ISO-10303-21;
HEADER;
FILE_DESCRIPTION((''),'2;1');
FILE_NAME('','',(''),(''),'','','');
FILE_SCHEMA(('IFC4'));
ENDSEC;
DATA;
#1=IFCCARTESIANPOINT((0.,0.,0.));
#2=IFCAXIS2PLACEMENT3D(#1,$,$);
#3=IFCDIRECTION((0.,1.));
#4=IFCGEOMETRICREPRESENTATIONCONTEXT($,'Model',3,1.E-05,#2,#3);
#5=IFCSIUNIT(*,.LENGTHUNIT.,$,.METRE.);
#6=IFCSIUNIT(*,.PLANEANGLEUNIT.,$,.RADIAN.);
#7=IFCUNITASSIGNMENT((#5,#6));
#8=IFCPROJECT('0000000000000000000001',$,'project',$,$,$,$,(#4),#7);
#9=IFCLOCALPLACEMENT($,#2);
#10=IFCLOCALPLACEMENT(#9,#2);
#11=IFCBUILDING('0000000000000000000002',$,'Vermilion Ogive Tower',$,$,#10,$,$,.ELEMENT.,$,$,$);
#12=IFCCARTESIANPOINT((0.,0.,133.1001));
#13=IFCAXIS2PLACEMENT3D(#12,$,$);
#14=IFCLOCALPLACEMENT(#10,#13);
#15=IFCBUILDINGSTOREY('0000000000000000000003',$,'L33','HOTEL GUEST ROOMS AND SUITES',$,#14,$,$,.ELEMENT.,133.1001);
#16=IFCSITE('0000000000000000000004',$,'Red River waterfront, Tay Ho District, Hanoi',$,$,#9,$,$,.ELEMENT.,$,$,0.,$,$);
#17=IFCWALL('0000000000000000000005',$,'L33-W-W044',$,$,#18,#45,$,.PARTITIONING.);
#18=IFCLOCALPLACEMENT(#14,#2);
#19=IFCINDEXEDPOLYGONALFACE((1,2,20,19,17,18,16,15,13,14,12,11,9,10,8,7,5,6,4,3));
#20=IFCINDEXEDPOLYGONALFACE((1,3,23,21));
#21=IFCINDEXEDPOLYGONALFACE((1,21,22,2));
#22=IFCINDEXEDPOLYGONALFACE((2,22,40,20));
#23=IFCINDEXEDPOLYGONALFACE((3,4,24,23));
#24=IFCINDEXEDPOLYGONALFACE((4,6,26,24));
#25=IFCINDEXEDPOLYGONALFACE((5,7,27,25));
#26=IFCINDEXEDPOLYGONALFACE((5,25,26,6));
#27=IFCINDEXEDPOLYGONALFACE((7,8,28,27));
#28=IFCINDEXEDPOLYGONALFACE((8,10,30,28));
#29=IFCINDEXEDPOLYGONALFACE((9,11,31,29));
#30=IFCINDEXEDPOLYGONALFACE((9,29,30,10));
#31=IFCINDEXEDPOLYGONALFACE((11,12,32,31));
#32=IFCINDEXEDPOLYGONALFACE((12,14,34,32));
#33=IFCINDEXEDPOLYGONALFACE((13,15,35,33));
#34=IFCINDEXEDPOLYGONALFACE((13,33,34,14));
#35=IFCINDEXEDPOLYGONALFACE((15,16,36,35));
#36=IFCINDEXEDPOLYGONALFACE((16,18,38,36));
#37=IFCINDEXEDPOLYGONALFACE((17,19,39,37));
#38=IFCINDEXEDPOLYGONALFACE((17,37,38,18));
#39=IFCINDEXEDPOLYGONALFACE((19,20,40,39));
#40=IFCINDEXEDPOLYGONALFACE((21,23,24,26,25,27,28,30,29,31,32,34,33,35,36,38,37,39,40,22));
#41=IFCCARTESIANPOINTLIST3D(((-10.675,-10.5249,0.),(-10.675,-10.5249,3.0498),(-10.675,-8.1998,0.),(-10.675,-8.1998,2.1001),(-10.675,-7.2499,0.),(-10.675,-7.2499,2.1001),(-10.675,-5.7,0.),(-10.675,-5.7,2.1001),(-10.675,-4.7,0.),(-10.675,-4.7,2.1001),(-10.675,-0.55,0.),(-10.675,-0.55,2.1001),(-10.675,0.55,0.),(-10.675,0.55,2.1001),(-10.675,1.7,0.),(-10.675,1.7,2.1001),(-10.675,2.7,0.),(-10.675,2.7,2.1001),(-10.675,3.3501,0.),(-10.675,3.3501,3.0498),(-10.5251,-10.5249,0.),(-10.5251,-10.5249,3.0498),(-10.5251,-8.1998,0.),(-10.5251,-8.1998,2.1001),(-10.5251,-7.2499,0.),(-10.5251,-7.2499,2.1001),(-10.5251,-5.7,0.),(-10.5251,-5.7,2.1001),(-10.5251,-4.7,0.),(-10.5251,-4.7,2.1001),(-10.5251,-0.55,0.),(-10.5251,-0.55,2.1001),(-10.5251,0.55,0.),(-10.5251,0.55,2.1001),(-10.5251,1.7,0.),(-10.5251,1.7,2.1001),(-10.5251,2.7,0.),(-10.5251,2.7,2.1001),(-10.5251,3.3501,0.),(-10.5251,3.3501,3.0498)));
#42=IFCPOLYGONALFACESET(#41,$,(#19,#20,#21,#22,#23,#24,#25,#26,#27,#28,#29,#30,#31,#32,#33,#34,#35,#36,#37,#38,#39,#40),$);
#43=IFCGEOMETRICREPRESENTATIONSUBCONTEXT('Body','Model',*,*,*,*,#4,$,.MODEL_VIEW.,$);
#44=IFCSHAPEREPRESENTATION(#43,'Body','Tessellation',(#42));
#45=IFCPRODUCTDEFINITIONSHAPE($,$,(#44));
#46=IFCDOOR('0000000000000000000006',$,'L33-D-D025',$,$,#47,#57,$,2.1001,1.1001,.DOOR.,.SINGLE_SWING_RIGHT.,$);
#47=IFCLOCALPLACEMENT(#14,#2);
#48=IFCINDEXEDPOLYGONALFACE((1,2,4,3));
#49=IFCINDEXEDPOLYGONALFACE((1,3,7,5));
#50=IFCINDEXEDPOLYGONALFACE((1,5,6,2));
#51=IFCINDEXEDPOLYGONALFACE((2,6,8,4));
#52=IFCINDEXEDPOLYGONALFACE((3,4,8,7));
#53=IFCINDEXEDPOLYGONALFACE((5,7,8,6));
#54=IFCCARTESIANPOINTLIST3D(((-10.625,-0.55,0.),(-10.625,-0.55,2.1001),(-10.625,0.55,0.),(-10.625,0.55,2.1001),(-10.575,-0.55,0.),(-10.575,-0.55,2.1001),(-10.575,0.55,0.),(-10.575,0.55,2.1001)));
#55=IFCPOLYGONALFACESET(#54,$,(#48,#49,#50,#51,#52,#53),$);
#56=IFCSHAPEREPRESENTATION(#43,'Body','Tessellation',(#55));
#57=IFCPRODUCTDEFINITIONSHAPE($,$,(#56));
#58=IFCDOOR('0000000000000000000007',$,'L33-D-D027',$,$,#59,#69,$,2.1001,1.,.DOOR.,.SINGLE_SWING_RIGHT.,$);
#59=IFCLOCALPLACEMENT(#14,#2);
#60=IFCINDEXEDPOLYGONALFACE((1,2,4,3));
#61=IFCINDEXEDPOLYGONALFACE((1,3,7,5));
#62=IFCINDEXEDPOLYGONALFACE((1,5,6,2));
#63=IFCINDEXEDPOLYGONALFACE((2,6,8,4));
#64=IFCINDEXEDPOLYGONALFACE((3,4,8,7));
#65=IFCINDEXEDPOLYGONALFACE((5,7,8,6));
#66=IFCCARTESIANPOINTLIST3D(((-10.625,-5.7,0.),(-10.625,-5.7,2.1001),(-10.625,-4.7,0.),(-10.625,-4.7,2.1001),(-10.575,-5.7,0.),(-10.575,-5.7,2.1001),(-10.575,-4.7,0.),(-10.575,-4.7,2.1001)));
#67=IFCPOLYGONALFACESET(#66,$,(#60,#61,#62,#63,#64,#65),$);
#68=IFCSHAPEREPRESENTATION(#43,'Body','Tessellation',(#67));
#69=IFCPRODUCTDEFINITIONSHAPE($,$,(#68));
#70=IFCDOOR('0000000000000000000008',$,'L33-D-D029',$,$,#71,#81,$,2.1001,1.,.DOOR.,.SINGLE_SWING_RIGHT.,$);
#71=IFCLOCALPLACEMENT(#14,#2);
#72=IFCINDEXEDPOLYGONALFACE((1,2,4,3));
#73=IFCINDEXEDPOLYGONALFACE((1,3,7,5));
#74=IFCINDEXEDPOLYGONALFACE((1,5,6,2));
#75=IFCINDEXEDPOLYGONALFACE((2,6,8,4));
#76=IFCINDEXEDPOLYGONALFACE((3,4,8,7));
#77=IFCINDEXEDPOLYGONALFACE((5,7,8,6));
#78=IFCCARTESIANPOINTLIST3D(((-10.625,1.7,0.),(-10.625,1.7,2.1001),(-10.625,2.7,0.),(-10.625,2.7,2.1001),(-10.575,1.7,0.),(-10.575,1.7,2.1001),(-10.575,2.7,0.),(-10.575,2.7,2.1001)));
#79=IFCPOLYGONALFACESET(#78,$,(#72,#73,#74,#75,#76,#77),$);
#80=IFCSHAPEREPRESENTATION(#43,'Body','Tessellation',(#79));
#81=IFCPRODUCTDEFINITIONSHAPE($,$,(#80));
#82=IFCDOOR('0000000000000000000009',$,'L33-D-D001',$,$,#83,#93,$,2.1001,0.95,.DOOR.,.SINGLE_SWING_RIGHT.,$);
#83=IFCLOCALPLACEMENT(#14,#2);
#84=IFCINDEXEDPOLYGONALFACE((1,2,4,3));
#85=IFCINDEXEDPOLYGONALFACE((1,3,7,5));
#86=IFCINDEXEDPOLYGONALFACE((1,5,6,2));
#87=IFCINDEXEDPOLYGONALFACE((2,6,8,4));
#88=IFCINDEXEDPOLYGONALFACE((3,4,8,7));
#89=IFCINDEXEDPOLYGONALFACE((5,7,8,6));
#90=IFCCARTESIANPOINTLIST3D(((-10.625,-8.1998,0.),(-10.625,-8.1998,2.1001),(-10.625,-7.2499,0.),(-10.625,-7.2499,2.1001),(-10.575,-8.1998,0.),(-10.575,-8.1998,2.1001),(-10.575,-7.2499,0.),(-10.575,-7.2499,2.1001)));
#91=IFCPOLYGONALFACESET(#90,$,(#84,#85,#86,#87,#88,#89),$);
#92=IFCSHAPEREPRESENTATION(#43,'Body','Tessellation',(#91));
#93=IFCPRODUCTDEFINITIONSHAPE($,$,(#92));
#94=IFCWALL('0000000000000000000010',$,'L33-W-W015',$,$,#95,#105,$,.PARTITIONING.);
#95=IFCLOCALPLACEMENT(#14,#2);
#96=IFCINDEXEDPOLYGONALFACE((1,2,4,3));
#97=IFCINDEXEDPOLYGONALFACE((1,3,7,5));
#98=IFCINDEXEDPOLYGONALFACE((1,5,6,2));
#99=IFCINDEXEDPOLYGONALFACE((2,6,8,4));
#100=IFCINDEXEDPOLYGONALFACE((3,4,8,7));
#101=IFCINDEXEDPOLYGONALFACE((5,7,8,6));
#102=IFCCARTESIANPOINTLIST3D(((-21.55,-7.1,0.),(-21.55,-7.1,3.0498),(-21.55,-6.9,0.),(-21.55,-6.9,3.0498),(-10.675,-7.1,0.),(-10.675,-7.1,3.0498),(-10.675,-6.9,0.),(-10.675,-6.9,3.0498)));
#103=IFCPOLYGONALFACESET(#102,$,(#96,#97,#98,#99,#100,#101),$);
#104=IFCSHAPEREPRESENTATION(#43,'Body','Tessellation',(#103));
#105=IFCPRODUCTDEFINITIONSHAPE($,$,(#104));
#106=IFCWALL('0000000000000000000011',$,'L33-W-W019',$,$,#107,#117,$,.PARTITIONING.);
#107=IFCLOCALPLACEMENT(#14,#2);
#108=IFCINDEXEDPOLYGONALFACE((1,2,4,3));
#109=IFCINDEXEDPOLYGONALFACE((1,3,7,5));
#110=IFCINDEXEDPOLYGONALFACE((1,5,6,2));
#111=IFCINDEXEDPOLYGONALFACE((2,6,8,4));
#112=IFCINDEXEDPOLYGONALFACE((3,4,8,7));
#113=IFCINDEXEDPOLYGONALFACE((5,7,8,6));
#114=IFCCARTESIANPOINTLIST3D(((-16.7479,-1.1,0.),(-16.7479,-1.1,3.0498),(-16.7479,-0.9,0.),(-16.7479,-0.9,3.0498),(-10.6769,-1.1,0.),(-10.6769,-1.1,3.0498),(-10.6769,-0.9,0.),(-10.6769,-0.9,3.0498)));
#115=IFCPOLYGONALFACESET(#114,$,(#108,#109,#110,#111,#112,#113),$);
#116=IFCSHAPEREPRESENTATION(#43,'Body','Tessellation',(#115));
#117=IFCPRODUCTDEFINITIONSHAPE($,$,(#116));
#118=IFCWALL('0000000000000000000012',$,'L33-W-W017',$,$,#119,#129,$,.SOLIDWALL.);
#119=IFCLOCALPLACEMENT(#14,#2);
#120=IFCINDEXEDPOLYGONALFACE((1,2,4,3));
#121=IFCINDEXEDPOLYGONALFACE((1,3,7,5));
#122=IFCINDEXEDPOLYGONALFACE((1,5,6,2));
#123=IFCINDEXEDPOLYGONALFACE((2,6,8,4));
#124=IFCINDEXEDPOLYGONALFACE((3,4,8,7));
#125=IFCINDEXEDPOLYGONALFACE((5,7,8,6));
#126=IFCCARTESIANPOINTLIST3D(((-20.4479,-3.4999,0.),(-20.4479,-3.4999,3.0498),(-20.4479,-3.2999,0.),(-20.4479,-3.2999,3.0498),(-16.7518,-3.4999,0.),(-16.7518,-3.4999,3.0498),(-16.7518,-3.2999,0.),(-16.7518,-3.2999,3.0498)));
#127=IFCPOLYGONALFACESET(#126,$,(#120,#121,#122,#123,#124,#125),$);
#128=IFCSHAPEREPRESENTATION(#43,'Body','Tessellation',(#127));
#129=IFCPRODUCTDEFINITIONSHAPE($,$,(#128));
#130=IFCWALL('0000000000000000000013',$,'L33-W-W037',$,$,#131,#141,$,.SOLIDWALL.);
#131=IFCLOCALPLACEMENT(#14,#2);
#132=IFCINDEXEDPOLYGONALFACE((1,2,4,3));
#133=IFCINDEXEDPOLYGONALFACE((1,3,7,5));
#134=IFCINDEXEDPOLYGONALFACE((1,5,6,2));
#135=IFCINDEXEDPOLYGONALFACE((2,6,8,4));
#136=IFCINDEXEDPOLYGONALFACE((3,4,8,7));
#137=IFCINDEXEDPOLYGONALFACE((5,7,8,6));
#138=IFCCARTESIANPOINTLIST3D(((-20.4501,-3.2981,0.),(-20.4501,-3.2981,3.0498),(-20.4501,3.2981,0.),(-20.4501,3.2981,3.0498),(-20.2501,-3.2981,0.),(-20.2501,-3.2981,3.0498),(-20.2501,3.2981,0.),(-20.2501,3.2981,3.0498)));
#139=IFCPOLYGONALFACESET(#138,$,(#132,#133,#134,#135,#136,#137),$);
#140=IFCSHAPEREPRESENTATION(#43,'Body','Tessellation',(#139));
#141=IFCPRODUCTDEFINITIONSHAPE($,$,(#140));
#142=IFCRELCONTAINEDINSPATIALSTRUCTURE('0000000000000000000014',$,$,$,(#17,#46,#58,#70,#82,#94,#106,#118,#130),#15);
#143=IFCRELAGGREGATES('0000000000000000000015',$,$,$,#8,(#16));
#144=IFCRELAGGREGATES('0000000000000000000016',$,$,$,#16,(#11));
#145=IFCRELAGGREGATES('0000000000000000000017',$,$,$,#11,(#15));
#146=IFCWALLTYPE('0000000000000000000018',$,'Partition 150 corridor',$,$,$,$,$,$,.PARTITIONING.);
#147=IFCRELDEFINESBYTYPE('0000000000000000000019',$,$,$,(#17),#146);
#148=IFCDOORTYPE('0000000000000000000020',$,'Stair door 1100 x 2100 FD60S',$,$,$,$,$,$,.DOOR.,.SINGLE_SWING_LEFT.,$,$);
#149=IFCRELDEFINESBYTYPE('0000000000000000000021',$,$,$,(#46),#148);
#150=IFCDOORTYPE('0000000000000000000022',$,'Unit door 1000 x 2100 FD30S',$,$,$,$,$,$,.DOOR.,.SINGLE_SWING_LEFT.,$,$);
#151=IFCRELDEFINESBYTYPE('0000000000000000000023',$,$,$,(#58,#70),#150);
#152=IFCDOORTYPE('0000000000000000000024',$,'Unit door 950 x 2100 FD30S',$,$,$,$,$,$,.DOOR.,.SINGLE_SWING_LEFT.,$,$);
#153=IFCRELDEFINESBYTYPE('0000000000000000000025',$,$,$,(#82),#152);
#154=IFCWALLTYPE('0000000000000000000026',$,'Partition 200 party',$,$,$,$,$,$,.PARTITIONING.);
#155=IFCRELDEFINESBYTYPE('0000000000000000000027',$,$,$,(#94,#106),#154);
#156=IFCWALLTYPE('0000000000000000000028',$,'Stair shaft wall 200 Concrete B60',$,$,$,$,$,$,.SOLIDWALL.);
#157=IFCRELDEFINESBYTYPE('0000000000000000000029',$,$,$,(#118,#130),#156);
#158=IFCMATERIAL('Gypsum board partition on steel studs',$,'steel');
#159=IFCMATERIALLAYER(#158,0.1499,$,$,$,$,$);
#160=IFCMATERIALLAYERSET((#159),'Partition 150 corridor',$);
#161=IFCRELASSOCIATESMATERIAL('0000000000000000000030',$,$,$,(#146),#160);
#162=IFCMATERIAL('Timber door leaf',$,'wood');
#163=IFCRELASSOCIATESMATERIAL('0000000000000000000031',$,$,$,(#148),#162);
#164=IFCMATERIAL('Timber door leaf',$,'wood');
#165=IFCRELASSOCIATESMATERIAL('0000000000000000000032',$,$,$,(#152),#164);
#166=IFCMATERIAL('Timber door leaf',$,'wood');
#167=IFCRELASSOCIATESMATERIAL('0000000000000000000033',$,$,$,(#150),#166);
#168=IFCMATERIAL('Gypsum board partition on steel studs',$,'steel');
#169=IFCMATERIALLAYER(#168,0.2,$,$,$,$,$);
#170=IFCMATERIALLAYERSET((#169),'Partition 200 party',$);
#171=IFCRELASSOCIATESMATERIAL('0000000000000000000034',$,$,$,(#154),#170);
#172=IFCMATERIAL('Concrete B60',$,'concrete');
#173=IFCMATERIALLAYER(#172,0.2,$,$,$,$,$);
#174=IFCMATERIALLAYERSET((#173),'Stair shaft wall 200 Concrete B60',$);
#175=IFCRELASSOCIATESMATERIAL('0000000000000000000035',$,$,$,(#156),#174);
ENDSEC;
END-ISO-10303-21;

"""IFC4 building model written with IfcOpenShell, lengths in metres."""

from ifc_helpers import new_model, si_unit, direction, frame, frame_2d, origin, place, context, subcontext, project, spatial, rectangle, extrude, material, layer, layer_set, type_object, element, fill, save


model = new_model("IFC4")

# Units and contexts
model_context = context("Model", 3, precision=1e-05, world=origin(), true_north=direction((0.0, 1.0)))
body_context = subcontext(model_context, "Body", "Model", "MODEL_VIEW")
ifc_project = project(units=[si_unit("LENGTHUNIT", "METRE"), si_unit("PLANEANGLEUNIT", "RADIAN")], contexts=[model_context])

# Site, building, storey
site_placement = place(None, origin())
site = spatial("IfcSite", under=ifc_project, at=site_placement, Name="Red River waterfront, Tay Ho District, Hanoi", CompositionType="ELEMENT", RefElevation=0.0)
building_placement = place(site_placement, origin())
building = spatial("IfcBuilding", under=site, at=building_placement, Name="Vermilion Ogive Tower", CompositionType="ELEMENT")
storey_placement = place(building_placement, frame((0.0, 0.0, 133.1001)))
storey = spatial("IfcBuildingStorey", under=building, at=storey_placement, Name="L33", Description="HOTEL GUEST ROOMS AND SUITES", CompositionType="ELEMENT", Elevation=133.1001)

# Wall, openings, doors
ifc_material_1 = material(Name="Gypsum board partition on steel studs", Category="steel")
ifc_layer_1 = layer(ifc_material_1, 0.1499)
ifc_layer_set_1 = layer_set([ifc_layer_1], Name="Partition 150 corridor")
wall_type_1 = type_object("IfcWallType", Name="Partition 150 corridor", PredefinedType="PARTITIONING", material=ifc_layer_set_1)
ifc_material_2 = material(Name="Timber door leaf", Category="wood")
door_type_1 = type_object("IfcDoorType", Name="Stair door 1100 x 2100 FD60S", OperationType="SINGLE_SWING_LEFT", PredefinedType="DOOR", material=ifc_material_2)
ifc_material_3 = material(Name="Timber door leaf", Category="wood")
door_type_2 = type_object("IfcDoorType", Name="Unit door 950 x 2100 FD30S", OperationType="SINGLE_SWING_LEFT", PredefinedType="DOOR", material=ifc_material_3)
wall_1_placement = place(storey_placement, frame((-10.6001, -10.5249, 0.0), z_axis=(0.0, 0.0, 1.0), x_axis=(0.0, 1.0, 0.0)))
wall_1 = element("IfcWall", 1, at=wall_1_placement, inside=storey, type_object=wall_type_1, Name="L33-W-W044", PredefinedType="PARTITIONING", context=body_context, shape_type="SweptSolid", body=[
    extrude(rectangle(XDim=13.875, YDim=0.1499, at=frame_2d((6.9375, 0.0))), origin(), (0.0, 0.0, 1.0), 3.0498),
])
opening_1_placement = place(wall_1_placement, frame((2.325, 0.0, 0.0)))
opening_1 = element("IfcOpeningElement", 2, at=opening_1_placement, cuts=wall_1, PredefinedType="OPENING", context=body_context, shape_type="SweptSolid", body=[
    extrude(rectangle(XDim=0.95, YDim=2.1001, at=frame_2d((0.4751, 1.05))), frame((0.0, 0.085, 0.0), z_axis=(0.0, -1.0, 0.0), x_axis=(1.0, 0.0, 0.0)), (0.0, 0.0, 1.0), 0.1699),
])
opening_2_placement = place(wall_1_placement, frame((9.9749, 0.0, 0.0)))
opening_2 = element("IfcOpeningElement", 3, at=opening_2_placement, cuts=wall_1, PredefinedType="OPENING", context=body_context, shape_type="SweptSolid", body=[
    extrude(rectangle(XDim=1.1001, YDim=2.1001, at=frame_2d((0.55, 1.05))), frame((0.0, 0.085, 0.0), z_axis=(0.0, -1.0, 0.0), x_axis=(1.0, 0.0, 0.0)), (0.0, 0.0, 1.0), 0.1699),
])
opening_3_placement = place(wall_1_placement, frame((4.825, 0.0, 0.0)))
opening_3 = element("IfcOpeningElement", 4, at=opening_3_placement, cuts=wall_1, PredefinedType="OPENING", context=body_context, shape_type="SweptSolid", body=[
    extrude(rectangle(XDim=1.0, YDim=2.1001, at=frame_2d((0.5, 1.05))), frame((0.0, 0.085, 0.0), z_axis=(0.0, -1.0, 0.0), x_axis=(1.0, 0.0, 0.0)), (0.0, 0.0, 1.0), 0.1699),
])
opening_4_placement = place(wall_1_placement, frame((12.2249, 0.0, 0.0)))
opening_4 = element("IfcOpeningElement", 5, at=opening_4_placement, cuts=wall_1, PredefinedType="OPENING", context=body_context, shape_type="SweptSolid", body=[
    extrude(rectangle(XDim=1.0, YDim=2.1001, at=frame_2d((0.5, 1.05))), frame((0.0, 0.085, 0.0), z_axis=(0.0, -1.0, 0.0), x_axis=(1.0, 0.0, 0.0)), (0.0, 0.0, 1.0), 0.1699),
])
door_1_placement = place(opening_2_placement, origin())
door_1 = element("IfcDoor", 6, at=door_1_placement, inside=storey, type_object=door_type_1, Name="L33-D-D025", OperationType="SINGLE_SWING_RIGHT", OverallHeight=2.1001, OverallWidth=1.1001, PredefinedType="DOOR", context=body_context, shape_type="SweptSolid", body=[
    extrude(rectangle(XDim=1.1001, YDim=2.1001, at=frame_2d((0.55, 1.05))), frame((0.0, 0.0249, 0.0), z_axis=(0.0, -1.0, 0.0), x_axis=(1.0, 0.0, 0.0)), (0.0, 0.0, 1.0), 0.05),
])
fill(opening_2, door_1)
ifc_material_4 = material(Name="Timber door leaf", Category="wood")
door_type_3 = type_object("IfcDoorType", Name="Unit door 1000 x 2100 FD30S", OperationType="SINGLE_SWING_LEFT", PredefinedType="DOOR", material=ifc_material_4)
door_2_placement = place(opening_3_placement, origin())
door_2 = element("IfcDoor", 7, at=door_2_placement, inside=storey, type_object=door_type_3, Name="L33-D-D027", OperationType="SINGLE_SWING_RIGHT", OverallHeight=2.1001, OverallWidth=1.0, PredefinedType="DOOR", context=body_context, shape_type="SweptSolid", body=[
    extrude(rectangle(XDim=1.0, YDim=2.1001, at=frame_2d((0.5, 1.05))), frame((0.0, 0.0249, 0.0), z_axis=(0.0, -1.0, 0.0), x_axis=(1.0, 0.0, 0.0)), (0.0, 0.0, 1.0), 0.05),
])
fill(opening_3, door_2)
door_3_placement = place(opening_4_placement, origin())
door_3 = element("IfcDoor", 8, at=door_3_placement, inside=storey, type_object=door_type_3, Name="L33-D-D029", OperationType="SINGLE_SWING_RIGHT", OverallHeight=2.1001, OverallWidth=1.0, PredefinedType="DOOR", context=body_context, shape_type="SweptSolid", body=[
    extrude(rectangle(XDim=1.0, YDim=2.1001, at=frame_2d((0.5, 1.05))), frame((0.0, 0.0249, 0.0), z_axis=(0.0, -1.0, 0.0), x_axis=(1.0, 0.0, 0.0)), (0.0, 0.0, 1.0), 0.05),
])
fill(opening_4, door_3)
door_4_placement = place(opening_1_placement, origin())
door_4 = element("IfcDoor", 9, at=door_4_placement, inside=storey, type_object=door_type_2, Name="L33-D-D001", OperationType="SINGLE_SWING_RIGHT", OverallHeight=2.1001, OverallWidth=0.95, PredefinedType="DOOR", context=body_context, shape_type="SweptSolid", body=[
    extrude(rectangle(XDim=0.95, YDim=2.1001, at=frame_2d((0.4751, 1.05))), frame((0.0, 0.0249, 0.0), z_axis=(0.0, -1.0, 0.0), x_axis=(1.0, 0.0, 0.0)), (0.0, 0.0, 1.0), 0.05),
])
fill(opening_1, door_4)

# Walls
ifc_material_5 = material(Name="Gypsum board partition on steel studs", Category="steel")
ifc_layer_2 = layer(ifc_material_5, 0.2)
ifc_layer_set_2 = layer_set([ifc_layer_2], Name="Partition 200 party")
wall_type_2 = type_object("IfcWallType", Name="Partition 200 party", PredefinedType="PARTITIONING", material=ifc_layer_set_2)
wall_2_placement = place(storey_placement, frame((-21.55, -7.0, 0.0), z_axis=(0.0, 0.0, 1.0), x_axis=(1.0, 0.0, 0.0)))
element("IfcWall", 10, at=wall_2_placement, inside=storey, type_object=wall_type_2, Name="L33-W-W015", PredefinedType="PARTITIONING", context=body_context, shape_type="SweptSolid", body=[
    extrude(rectangle(XDim=10.875, YDim=0.2, at=frame_2d((5.4375, 0.0))), origin(), (0.0, 0.0, 1.0), 3.0498),
])
wall_3_placement = place(storey_placement, frame((-16.748, -1.0, 0.0), z_axis=(0.0, 0.0, 1.0), x_axis=(1.0, 0.0, 0.0)))
element("IfcWall", 11, at=wall_3_placement, inside=storey, type_object=wall_type_2, Name="L33-W-W019", PredefinedType="PARTITIONING", context=body_context, shape_type="SweptSolid", body=[
    extrude(rectangle(XDim=6.071, YDim=0.2, at=frame_2d((3.0356, 0.0))), origin(), (0.0, 0.0, 1.0), 3.0498),
])
ifc_material_6 = material(Name="Concrete B60", Category="concrete")
ifc_layer_3 = layer(ifc_material_6, 0.2)
ifc_layer_set_3 = layer_set([ifc_layer_3], Name="Stair shaft wall 200 Concrete B60")
wall_type_3 = type_object("IfcWallType", Name="Stair shaft wall 200 Concrete B60", PredefinedType="SOLIDWALL", material=ifc_layer_set_3)
wall_4_placement = place(storey_placement, frame((-20.448, -3.3999, 0.0), z_axis=(0.0, 0.0, 1.0), x_axis=(1.0, 0.0, 0.0)))
element("IfcWall", 12, at=wall_4_placement, inside=storey, type_object=wall_type_3, Name="L33-W-W017", PredefinedType="SOLIDWALL", context=body_context, shape_type="SweptSolid", body=[
    extrude(rectangle(XDim=3.696, YDim=0.2, at=frame_2d((1.8481, 0.0))), origin(), (0.0, 0.0, 1.0), 3.0498),
])
wall_5_placement = place(storey_placement, frame((-20.3501, -3.2981, 0.0), z_axis=(0.0, 0.0, 1.0), x_axis=(0.0, 1.0, 0.0)))
element("IfcWall", 13, at=wall_5_placement, inside=storey, type_object=wall_type_3, Name="L33-W-W037", PredefinedType="SOLIDWALL", context=body_context, shape_type="SweptSolid", body=[
    extrude(rectangle(XDim=6.5962, YDim=0.2, at=frame_2d((3.2981, 0.0))), origin(), (0.0, 0.0, 1.0), 3.0498),
])

save(model, "model.ifc")
